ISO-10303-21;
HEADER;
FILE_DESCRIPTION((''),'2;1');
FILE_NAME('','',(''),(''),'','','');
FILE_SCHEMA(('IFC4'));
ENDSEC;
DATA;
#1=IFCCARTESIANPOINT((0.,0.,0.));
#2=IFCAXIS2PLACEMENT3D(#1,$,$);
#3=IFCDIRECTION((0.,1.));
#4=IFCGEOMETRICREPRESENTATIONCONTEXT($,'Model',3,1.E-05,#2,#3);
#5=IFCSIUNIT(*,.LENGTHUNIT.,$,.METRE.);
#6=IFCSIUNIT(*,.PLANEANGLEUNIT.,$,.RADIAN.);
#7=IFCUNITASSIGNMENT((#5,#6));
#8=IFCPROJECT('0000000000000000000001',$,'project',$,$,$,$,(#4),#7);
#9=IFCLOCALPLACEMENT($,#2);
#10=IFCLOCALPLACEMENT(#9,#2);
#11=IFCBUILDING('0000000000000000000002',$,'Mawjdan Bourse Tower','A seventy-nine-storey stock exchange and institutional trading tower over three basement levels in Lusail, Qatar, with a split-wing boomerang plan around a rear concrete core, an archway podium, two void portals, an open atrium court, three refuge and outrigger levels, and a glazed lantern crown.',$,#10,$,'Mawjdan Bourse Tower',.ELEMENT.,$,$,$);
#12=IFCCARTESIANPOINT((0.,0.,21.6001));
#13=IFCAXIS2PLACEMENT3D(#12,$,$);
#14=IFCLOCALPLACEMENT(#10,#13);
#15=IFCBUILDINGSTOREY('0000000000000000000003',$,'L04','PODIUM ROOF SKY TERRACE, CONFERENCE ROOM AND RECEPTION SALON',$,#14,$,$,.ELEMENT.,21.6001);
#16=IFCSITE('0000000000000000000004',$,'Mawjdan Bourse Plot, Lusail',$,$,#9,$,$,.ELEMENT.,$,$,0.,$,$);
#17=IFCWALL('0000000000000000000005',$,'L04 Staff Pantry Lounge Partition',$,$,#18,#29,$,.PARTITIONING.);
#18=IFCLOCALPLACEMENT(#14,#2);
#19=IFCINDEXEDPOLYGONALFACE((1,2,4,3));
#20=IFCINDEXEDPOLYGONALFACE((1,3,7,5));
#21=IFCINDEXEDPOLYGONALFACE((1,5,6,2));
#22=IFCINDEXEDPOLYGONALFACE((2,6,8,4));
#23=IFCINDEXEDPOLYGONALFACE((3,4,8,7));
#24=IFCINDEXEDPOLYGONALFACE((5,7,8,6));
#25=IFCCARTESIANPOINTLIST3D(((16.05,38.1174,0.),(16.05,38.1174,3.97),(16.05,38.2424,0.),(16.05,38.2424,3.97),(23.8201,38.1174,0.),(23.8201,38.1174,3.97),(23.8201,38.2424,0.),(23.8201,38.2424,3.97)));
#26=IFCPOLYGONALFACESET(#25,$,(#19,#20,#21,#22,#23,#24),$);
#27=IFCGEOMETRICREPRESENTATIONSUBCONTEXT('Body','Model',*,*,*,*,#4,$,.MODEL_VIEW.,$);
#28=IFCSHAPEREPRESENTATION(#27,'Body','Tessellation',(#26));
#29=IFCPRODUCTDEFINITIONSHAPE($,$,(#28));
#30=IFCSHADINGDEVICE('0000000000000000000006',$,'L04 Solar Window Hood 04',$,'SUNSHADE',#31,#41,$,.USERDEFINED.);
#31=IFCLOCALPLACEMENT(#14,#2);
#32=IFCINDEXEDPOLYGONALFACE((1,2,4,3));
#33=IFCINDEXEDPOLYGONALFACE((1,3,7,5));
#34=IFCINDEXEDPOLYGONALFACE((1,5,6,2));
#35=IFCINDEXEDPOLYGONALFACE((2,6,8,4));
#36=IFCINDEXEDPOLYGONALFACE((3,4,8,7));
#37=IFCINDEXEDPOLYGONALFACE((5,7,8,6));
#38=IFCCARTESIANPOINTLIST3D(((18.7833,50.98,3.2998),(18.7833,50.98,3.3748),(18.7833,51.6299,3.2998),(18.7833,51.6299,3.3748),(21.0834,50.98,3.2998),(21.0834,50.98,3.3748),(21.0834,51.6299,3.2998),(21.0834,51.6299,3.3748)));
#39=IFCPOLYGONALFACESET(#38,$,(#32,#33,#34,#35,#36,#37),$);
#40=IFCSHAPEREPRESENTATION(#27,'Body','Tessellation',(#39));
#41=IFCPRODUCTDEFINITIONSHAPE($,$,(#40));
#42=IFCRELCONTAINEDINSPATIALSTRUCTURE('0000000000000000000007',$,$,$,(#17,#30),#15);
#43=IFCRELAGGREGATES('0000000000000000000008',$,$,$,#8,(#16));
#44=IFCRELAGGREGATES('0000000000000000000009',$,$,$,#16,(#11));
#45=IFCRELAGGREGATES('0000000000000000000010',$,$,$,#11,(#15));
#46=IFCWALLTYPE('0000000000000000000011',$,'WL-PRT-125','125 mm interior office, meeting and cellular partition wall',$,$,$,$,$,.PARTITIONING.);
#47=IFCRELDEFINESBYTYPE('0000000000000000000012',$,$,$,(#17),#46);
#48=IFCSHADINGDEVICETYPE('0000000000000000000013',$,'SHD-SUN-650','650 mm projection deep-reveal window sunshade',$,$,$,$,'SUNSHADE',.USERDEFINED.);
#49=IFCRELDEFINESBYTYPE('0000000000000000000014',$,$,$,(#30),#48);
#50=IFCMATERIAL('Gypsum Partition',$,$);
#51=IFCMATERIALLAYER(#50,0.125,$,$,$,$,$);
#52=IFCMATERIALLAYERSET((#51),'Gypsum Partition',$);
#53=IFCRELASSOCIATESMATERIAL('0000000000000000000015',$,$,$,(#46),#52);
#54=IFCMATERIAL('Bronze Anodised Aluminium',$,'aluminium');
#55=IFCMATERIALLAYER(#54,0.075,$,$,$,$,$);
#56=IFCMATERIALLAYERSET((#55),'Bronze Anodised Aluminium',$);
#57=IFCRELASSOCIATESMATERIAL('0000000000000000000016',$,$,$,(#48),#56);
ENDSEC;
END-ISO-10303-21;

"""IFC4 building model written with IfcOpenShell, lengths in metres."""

from ifc_helpers import new_model, si_unit, direction, frame, frame_2d, origin, origin_2d, place, context, subcontext, project, spatial, rectangle, extrude, material, layer, layer_set, type_object, element, save


model = new_model("IFC4")

# Units and contexts
model_context = context("Model", 3, precision=1e-05, world=origin(), true_north=direction((0.0, 1.0)))
body_context = subcontext(model_context, "Body", "Model", "MODEL_VIEW")
ifc_project = project(units=[si_unit("LENGTHUNIT", "METRE"), si_unit("PLANEANGLEUNIT", "RADIAN")], contexts=[model_context])

# Site, building, storey
site_placement = place(None, origin())
site = spatial("IfcSite", under=ifc_project, at=site_placement, Name="Mawjdan Bourse Plot, Lusail", CompositionType="ELEMENT", RefElevation=0.0)
building_placement = place(site_placement, origin())
building = spatial("IfcBuilding", under=site, at=building_placement, Name="Mawjdan Bourse Tower", Description="A seventy-nine-storey stock exchange and institutional trading tower over three basement levels in Lusail, Qatar, with a split-wing boomerang plan around a rear concrete core, an archway podium, two void portals, an open atrium court, three refuge and outrigger levels, and a glazed lantern crown.", LongName="Mawjdan Bourse Tower", CompositionType="ELEMENT")
storey_placement = place(building_placement, frame((0.0, 0.0, 21.6001)))
storey = spatial("IfcBuildingStorey", under=building, at=storey_placement, Name="L04", Description="PODIUM ROOF SKY TERRACE, CONFERENCE ROOM AND RECEPTION SALON", CompositionType="ELEMENT", Elevation=21.6001)

# Wall
ifc_material_1 = material(Name="Gypsum Partition")
ifc_layer_1 = layer(ifc_material_1, 0.125)
ifc_layer_set_1 = layer_set([ifc_layer_1], Name="Gypsum Partition")
wall_type_1 = type_object("IfcWallType", Name="WL-PRT-125", Description="125 mm interior office, meeting and cellular partition wall", PredefinedType="PARTITIONING", material=ifc_layer_set_1)
wall_1_placement = place(storey_placement, frame((16.05, 38.1799, 0.0), z_axis=(0.0, 0.0, 1.0), x_axis=(1.0, 0.0, 0.0)))
element("IfcWall", 1, at=wall_1_placement, inside=storey, type_object=wall_type_1, Name="L04 Staff Pantry Lounge Partition", PredefinedType="PARTITIONING", context=body_context, shape_type="SweptSolid", body=[
    extrude(rectangle(XDim=7.77, YDim=0.125, at=frame_2d((3.885, 0.0))), origin(), (0.0, 0.0, 1.0), 3.97),
])

# Shading device
ifc_material_2 = material(Name="Bronze Anodised Aluminium", Category="aluminium")
ifc_layer_2 = layer(ifc_material_2, 0.075)
ifc_layer_set_2 = layer_set([ifc_layer_2], Name="Bronze Anodised Aluminium")
shading_device_type = type_object("IfcShadingDeviceType", Name="SHD-SUN-650", Description="650 mm projection deep-reveal window sunshade", ElementType="SUNSHADE", PredefinedType="USERDEFINED", material=ifc_layer_set_2)
shading_device_placement = place(storey_placement, frame((19.9333, 51.3049, 3.2998), z_axis=(0.0, 0.0, 1.0), x_axis=(-1.0, 0.0, 0.0)))
element("IfcShadingDevice", 2, at=shading_device_placement, inside=storey, type_object=shading_device_type, Name="L04 Solar Window Hood 04", ObjectType="SUNSHADE", PredefinedType="USERDEFINED", context=body_context, shape_type="SweptSolid", body=[
    extrude(rectangle(XDim=2.3, YDim=0.6499, at=origin_2d()), origin(), (0.0, 0.0, 1.0), 0.075),
])

save(model, "model.ifc")
